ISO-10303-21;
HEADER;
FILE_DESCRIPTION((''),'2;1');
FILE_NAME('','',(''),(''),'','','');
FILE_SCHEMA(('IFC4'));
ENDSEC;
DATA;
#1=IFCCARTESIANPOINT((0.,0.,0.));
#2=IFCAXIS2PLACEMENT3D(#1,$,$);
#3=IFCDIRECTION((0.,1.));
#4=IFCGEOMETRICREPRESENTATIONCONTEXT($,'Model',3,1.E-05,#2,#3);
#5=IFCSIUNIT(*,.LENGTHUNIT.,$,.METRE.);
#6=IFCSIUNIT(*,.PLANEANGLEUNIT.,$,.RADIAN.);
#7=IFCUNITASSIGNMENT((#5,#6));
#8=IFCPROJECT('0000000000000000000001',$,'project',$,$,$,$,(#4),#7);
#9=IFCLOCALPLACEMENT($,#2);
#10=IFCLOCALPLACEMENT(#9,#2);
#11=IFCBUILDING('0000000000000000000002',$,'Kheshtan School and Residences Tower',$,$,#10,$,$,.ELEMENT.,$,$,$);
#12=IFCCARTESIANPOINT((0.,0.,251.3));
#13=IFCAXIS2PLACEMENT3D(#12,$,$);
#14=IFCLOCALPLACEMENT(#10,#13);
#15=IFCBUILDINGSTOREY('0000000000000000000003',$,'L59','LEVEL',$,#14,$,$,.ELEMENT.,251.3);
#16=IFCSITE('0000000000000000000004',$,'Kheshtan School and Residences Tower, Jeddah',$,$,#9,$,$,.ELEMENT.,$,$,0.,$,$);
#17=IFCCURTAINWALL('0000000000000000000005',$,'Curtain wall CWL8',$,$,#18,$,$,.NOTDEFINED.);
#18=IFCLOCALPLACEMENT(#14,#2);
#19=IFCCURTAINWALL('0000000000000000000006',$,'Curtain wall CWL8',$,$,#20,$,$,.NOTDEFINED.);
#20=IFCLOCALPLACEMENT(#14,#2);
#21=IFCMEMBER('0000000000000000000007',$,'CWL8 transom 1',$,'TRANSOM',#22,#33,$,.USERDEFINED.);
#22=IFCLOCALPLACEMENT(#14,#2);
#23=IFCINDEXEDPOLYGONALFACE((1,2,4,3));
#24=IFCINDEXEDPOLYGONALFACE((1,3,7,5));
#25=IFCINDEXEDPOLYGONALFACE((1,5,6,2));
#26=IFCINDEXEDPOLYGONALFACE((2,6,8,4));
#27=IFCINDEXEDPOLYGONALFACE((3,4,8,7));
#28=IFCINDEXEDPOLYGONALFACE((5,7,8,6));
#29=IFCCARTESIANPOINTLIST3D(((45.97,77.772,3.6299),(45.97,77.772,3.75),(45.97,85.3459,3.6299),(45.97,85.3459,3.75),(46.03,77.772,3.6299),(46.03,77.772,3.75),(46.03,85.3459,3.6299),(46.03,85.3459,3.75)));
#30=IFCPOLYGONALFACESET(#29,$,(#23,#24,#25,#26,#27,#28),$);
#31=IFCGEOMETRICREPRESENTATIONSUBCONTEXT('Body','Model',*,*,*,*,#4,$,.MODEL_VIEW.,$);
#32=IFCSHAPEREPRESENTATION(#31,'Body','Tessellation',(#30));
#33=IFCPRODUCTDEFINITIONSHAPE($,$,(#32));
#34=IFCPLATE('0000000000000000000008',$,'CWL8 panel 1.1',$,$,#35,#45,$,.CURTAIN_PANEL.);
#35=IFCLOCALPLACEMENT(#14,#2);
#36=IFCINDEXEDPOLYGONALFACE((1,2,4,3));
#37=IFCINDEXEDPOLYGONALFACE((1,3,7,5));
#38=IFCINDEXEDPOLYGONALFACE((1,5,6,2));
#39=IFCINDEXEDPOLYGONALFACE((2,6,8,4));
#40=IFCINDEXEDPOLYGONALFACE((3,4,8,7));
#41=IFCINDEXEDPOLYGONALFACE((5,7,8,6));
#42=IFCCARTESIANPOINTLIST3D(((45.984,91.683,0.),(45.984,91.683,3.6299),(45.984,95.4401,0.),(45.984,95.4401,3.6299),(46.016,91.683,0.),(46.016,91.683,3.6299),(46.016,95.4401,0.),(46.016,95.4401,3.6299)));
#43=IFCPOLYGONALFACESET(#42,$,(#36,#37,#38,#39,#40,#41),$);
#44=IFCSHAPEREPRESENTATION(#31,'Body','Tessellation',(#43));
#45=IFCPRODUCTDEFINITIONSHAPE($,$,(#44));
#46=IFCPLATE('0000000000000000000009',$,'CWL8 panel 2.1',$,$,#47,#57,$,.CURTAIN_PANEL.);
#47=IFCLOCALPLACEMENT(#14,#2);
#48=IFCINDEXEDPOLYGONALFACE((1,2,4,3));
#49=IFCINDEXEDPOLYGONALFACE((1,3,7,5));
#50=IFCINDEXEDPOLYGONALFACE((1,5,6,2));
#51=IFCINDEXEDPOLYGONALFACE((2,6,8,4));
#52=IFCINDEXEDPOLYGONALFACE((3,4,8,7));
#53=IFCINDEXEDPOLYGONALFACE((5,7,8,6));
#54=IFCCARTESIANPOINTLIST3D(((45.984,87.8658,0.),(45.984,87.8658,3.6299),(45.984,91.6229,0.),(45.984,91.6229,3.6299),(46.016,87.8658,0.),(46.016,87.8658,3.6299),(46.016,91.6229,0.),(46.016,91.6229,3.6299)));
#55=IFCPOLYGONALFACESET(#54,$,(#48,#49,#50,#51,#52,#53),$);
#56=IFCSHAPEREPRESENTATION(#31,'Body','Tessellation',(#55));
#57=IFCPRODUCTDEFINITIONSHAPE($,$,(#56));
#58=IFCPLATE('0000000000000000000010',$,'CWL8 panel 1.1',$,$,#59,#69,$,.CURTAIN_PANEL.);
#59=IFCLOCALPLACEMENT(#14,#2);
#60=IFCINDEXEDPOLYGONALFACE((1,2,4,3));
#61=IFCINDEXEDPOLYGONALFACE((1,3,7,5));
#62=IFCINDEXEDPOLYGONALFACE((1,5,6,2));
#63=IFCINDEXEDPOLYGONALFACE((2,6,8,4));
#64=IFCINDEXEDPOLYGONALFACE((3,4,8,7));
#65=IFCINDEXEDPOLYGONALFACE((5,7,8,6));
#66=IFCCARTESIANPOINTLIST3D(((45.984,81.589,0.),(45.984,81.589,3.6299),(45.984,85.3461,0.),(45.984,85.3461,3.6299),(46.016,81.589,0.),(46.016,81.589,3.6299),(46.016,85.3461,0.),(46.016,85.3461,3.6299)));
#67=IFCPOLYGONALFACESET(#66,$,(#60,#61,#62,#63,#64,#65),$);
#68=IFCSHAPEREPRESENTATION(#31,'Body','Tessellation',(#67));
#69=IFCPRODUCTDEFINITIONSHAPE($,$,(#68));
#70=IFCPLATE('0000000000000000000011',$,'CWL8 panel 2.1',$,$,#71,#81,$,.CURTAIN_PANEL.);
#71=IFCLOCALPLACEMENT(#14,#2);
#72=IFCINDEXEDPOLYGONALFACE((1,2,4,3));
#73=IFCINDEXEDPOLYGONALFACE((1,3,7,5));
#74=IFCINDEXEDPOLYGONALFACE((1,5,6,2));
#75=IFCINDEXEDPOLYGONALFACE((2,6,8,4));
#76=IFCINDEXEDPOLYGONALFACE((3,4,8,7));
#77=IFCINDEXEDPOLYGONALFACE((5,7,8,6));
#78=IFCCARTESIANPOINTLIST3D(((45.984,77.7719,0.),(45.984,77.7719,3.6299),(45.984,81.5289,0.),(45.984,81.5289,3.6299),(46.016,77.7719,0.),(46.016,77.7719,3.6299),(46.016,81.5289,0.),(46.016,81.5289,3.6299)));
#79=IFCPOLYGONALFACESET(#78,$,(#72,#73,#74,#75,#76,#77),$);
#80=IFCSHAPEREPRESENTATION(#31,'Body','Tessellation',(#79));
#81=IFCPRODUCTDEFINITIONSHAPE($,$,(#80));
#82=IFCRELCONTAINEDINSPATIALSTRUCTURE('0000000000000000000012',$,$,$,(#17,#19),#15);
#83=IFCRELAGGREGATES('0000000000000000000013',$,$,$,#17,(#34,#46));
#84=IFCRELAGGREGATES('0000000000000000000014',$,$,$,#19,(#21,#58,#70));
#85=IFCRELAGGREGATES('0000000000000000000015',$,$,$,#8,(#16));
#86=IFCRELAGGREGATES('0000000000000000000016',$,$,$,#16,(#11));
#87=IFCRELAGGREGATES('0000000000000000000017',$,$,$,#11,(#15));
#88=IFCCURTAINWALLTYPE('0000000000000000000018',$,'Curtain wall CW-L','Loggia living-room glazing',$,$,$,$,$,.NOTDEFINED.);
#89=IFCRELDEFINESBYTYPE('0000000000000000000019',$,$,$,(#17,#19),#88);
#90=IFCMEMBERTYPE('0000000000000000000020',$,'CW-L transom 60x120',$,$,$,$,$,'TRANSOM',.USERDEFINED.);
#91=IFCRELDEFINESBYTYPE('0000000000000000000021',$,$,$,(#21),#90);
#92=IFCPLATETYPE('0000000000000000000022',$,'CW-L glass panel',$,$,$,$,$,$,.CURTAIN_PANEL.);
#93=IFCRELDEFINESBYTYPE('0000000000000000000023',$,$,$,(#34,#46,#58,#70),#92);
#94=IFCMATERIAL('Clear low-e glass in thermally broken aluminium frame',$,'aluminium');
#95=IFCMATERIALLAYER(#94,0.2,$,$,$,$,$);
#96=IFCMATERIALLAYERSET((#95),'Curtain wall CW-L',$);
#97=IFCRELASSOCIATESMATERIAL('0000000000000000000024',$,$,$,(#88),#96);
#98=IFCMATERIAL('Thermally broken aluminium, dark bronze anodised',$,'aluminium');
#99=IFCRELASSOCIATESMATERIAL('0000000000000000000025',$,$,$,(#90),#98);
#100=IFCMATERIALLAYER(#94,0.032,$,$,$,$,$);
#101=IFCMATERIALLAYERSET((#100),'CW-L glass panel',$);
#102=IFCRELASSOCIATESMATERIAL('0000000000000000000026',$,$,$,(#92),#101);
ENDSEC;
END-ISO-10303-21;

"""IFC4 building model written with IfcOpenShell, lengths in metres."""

from ifc_helpers import new_model, si_unit, direction, frame, origin, origin_2d, place, context, subcontext, project, spatial, rectangle, extrude, material, layer, layer_set, material_profile, profile_set, type_object, element, aggregate, save


model = new_model("IFC4")

# Units and contexts
model_context = context("Model", 3, precision=1e-05, world=origin(), true_north=direction((0.0, 1.0)))
body_context = subcontext(model_context, "Body", "Model", "MODEL_VIEW")
ifc_project = project(units=[si_unit("LENGTHUNIT", "METRE"), si_unit("PLANEANGLEUNIT", "RADIAN")], contexts=[model_context])

# Site, building, storey
site_placement = place(None, origin())
site = spatial("IfcSite", under=ifc_project, at=site_placement, Name="Kheshtan School and Residences Tower, Jeddah", CompositionType="ELEMENT", RefElevation=0.0)
building_placement = place(site_placement, origin())
building = spatial("IfcBuilding", under=site, at=building_placement, Name="Kheshtan School and Residences Tower", CompositionType="ELEMENT")
storey_placement = place(building_placement, frame((0.0, 0.0, 251.3)))
storey = spatial("IfcBuildingStorey", under=building, at=storey_placement, Name="L59", Description="LEVEL", CompositionType="ELEMENT", Elevation=251.3)

# Shared definitions
ifc_material_1 = material(Name="Clear low-e glass in thermally broken aluminium frame", Category="aluminium")
ifc_layer_1 = layer(ifc_material_1, 0.2)
ifc_layer_set_1 = layer_set([ifc_layer_1], Name="Curtain wall CW-L")
curtain_wall_type = type_object("IfcCurtainWallType", Name="Curtain wall CW-L", Description="Loggia living-room glazing", PredefinedType="NOTDEFINED", material=ifc_layer_set_1)
ifc_material_2 = material(Name="Thermally broken aluminium, dark bronze anodised", Category="aluminium")

# Curtain walls
curtain_wall_1_placement = place(storey_placement, origin())
curtain_wall_1 = element("IfcCurtainWall", 1, at=curtain_wall_1_placement, inside=storey, type_object=curtain_wall_type, Name="Curtain wall CWL8", PredefinedType="NOTDEFINED")
curtain_wall_2_placement = place(storey_placement, origin())
curtain_wall_2 = element("IfcCurtainWall", 2, at=curtain_wall_2_placement, inside=storey, type_object=curtain_wall_type, Name="Curtain wall CWL8", PredefinedType="NOTDEFINED")

# Member
ifc_material_profile_1 = material_profile(ifc_material_2, rectangle(XDim=0.0601, YDim=0.1201, at=origin_2d()), Name="CW-L transom 60x120")
ifc_profile_set_1 = profile_set([ifc_material_profile_1], Name="Thermally broken aluminium, dark bronze anodised")
member_type_1 = type_object("IfcMemberType", Name="CW-L transom 60x120", ElementType="TRANSOM", PredefinedType="USERDEFINED", material=ifc_profile_set_1)
member_1_placement = place(storey_placement, frame((46.0, 85.3459, 3.6899), z_axis=(0.0, -1.0, 0.0), x_axis=(1.0, 0.0, 0.0)))
member_1 = element("IfcMember", 3, at=member_1_placement, type_object=member_type_1, Name="CWL8 transom 1", ObjectType="TRANSOM", PredefinedType="USERDEFINED", context=body_context, shape_type="SweptSolid", body=[
    extrude(rectangle(XDim=0.0601, YDim=0.1201, at=origin_2d()), origin(), (0.0, 0.0, 1.0), 7.574),
])

# Plates
ifc_layer_2 = layer(ifc_material_1, 0.032)
ifc_layer_set_2 = layer_set([ifc_layer_2], Name="CW-L glass panel")
plate_type = type_object("IfcPlateType", Name="CW-L glass panel", PredefinedType="CURTAIN_PANEL", material=ifc_layer_set_2)
plate_1_placement = place(storey_placement, frame((46.0, 93.5615, 0.0), z_axis=(0.0, 0.0, 1.0), x_axis=(0.0, -1.0, 0.0)))
plate_1 = element("IfcPlate", 4, at=plate_1_placement, type_object=plate_type, Name="CWL8 panel 1.1", PredefinedType="CURTAIN_PANEL", context=body_context, shape_type="SweptSolid", body=[
    extrude(rectangle(XDim=3.7571, YDim=0.032, at=origin_2d()), origin(), (0.0, 0.0, 1.0), 3.6299),
])
plate_2_placement = place(storey_placement, frame((46.0, 89.7444, 0.0), z_axis=(0.0, 0.0, 1.0), x_axis=(0.0, -1.0, 0.0)))
plate_2 = element("IfcPlate", 5, at=plate_2_placement, type_object=plate_type, Name="CWL8 panel 2.1", PredefinedType="CURTAIN_PANEL", context=body_context, shape_type="SweptSolid", body=[
    extrude(rectangle(XDim=3.7571, YDim=0.032, at=origin_2d()), origin(), (0.0, 0.0, 1.0), 3.6299),
])
aggregate(curtain_wall_1, [plate_1, plate_2])
plate_3_placement = place(storey_placement, frame((46.0, 83.4675, 0.0), z_axis=(0.0, 0.0, 1.0), x_axis=(0.0, -1.0, 0.0)))
plate_3 = element("IfcPlate", 6, at=plate_3_placement, type_object=plate_type, Name="CWL8 panel 1.1", PredefinedType="CURTAIN_PANEL", context=body_context, shape_type="SweptSolid", body=[
    extrude(rectangle(XDim=3.7571, YDim=0.032, at=origin_2d()), origin(), (0.0, 0.0, 1.0), 3.6299),
])
plate_4_placement = place(storey_placement, frame((46.0, 79.6504, 0.0), z_axis=(0.0, 0.0, 1.0), x_axis=(0.0, -1.0, 0.0)))
plate_4 = element("IfcPlate", 7, at=plate_4_placement, type_object=plate_type, Name="CWL8 panel 2.1", PredefinedType="CURTAIN_PANEL", context=body_context, shape_type="SweptSolid", body=[
    extrude(rectangle(XDim=3.7571, YDim=0.032, at=origin_2d()), origin(), (0.0, 0.0, 1.0), 3.6299),
])
aggregate(curtain_wall_2, [member_1, plate_3, plate_4])

save(model, "model.ifc")
